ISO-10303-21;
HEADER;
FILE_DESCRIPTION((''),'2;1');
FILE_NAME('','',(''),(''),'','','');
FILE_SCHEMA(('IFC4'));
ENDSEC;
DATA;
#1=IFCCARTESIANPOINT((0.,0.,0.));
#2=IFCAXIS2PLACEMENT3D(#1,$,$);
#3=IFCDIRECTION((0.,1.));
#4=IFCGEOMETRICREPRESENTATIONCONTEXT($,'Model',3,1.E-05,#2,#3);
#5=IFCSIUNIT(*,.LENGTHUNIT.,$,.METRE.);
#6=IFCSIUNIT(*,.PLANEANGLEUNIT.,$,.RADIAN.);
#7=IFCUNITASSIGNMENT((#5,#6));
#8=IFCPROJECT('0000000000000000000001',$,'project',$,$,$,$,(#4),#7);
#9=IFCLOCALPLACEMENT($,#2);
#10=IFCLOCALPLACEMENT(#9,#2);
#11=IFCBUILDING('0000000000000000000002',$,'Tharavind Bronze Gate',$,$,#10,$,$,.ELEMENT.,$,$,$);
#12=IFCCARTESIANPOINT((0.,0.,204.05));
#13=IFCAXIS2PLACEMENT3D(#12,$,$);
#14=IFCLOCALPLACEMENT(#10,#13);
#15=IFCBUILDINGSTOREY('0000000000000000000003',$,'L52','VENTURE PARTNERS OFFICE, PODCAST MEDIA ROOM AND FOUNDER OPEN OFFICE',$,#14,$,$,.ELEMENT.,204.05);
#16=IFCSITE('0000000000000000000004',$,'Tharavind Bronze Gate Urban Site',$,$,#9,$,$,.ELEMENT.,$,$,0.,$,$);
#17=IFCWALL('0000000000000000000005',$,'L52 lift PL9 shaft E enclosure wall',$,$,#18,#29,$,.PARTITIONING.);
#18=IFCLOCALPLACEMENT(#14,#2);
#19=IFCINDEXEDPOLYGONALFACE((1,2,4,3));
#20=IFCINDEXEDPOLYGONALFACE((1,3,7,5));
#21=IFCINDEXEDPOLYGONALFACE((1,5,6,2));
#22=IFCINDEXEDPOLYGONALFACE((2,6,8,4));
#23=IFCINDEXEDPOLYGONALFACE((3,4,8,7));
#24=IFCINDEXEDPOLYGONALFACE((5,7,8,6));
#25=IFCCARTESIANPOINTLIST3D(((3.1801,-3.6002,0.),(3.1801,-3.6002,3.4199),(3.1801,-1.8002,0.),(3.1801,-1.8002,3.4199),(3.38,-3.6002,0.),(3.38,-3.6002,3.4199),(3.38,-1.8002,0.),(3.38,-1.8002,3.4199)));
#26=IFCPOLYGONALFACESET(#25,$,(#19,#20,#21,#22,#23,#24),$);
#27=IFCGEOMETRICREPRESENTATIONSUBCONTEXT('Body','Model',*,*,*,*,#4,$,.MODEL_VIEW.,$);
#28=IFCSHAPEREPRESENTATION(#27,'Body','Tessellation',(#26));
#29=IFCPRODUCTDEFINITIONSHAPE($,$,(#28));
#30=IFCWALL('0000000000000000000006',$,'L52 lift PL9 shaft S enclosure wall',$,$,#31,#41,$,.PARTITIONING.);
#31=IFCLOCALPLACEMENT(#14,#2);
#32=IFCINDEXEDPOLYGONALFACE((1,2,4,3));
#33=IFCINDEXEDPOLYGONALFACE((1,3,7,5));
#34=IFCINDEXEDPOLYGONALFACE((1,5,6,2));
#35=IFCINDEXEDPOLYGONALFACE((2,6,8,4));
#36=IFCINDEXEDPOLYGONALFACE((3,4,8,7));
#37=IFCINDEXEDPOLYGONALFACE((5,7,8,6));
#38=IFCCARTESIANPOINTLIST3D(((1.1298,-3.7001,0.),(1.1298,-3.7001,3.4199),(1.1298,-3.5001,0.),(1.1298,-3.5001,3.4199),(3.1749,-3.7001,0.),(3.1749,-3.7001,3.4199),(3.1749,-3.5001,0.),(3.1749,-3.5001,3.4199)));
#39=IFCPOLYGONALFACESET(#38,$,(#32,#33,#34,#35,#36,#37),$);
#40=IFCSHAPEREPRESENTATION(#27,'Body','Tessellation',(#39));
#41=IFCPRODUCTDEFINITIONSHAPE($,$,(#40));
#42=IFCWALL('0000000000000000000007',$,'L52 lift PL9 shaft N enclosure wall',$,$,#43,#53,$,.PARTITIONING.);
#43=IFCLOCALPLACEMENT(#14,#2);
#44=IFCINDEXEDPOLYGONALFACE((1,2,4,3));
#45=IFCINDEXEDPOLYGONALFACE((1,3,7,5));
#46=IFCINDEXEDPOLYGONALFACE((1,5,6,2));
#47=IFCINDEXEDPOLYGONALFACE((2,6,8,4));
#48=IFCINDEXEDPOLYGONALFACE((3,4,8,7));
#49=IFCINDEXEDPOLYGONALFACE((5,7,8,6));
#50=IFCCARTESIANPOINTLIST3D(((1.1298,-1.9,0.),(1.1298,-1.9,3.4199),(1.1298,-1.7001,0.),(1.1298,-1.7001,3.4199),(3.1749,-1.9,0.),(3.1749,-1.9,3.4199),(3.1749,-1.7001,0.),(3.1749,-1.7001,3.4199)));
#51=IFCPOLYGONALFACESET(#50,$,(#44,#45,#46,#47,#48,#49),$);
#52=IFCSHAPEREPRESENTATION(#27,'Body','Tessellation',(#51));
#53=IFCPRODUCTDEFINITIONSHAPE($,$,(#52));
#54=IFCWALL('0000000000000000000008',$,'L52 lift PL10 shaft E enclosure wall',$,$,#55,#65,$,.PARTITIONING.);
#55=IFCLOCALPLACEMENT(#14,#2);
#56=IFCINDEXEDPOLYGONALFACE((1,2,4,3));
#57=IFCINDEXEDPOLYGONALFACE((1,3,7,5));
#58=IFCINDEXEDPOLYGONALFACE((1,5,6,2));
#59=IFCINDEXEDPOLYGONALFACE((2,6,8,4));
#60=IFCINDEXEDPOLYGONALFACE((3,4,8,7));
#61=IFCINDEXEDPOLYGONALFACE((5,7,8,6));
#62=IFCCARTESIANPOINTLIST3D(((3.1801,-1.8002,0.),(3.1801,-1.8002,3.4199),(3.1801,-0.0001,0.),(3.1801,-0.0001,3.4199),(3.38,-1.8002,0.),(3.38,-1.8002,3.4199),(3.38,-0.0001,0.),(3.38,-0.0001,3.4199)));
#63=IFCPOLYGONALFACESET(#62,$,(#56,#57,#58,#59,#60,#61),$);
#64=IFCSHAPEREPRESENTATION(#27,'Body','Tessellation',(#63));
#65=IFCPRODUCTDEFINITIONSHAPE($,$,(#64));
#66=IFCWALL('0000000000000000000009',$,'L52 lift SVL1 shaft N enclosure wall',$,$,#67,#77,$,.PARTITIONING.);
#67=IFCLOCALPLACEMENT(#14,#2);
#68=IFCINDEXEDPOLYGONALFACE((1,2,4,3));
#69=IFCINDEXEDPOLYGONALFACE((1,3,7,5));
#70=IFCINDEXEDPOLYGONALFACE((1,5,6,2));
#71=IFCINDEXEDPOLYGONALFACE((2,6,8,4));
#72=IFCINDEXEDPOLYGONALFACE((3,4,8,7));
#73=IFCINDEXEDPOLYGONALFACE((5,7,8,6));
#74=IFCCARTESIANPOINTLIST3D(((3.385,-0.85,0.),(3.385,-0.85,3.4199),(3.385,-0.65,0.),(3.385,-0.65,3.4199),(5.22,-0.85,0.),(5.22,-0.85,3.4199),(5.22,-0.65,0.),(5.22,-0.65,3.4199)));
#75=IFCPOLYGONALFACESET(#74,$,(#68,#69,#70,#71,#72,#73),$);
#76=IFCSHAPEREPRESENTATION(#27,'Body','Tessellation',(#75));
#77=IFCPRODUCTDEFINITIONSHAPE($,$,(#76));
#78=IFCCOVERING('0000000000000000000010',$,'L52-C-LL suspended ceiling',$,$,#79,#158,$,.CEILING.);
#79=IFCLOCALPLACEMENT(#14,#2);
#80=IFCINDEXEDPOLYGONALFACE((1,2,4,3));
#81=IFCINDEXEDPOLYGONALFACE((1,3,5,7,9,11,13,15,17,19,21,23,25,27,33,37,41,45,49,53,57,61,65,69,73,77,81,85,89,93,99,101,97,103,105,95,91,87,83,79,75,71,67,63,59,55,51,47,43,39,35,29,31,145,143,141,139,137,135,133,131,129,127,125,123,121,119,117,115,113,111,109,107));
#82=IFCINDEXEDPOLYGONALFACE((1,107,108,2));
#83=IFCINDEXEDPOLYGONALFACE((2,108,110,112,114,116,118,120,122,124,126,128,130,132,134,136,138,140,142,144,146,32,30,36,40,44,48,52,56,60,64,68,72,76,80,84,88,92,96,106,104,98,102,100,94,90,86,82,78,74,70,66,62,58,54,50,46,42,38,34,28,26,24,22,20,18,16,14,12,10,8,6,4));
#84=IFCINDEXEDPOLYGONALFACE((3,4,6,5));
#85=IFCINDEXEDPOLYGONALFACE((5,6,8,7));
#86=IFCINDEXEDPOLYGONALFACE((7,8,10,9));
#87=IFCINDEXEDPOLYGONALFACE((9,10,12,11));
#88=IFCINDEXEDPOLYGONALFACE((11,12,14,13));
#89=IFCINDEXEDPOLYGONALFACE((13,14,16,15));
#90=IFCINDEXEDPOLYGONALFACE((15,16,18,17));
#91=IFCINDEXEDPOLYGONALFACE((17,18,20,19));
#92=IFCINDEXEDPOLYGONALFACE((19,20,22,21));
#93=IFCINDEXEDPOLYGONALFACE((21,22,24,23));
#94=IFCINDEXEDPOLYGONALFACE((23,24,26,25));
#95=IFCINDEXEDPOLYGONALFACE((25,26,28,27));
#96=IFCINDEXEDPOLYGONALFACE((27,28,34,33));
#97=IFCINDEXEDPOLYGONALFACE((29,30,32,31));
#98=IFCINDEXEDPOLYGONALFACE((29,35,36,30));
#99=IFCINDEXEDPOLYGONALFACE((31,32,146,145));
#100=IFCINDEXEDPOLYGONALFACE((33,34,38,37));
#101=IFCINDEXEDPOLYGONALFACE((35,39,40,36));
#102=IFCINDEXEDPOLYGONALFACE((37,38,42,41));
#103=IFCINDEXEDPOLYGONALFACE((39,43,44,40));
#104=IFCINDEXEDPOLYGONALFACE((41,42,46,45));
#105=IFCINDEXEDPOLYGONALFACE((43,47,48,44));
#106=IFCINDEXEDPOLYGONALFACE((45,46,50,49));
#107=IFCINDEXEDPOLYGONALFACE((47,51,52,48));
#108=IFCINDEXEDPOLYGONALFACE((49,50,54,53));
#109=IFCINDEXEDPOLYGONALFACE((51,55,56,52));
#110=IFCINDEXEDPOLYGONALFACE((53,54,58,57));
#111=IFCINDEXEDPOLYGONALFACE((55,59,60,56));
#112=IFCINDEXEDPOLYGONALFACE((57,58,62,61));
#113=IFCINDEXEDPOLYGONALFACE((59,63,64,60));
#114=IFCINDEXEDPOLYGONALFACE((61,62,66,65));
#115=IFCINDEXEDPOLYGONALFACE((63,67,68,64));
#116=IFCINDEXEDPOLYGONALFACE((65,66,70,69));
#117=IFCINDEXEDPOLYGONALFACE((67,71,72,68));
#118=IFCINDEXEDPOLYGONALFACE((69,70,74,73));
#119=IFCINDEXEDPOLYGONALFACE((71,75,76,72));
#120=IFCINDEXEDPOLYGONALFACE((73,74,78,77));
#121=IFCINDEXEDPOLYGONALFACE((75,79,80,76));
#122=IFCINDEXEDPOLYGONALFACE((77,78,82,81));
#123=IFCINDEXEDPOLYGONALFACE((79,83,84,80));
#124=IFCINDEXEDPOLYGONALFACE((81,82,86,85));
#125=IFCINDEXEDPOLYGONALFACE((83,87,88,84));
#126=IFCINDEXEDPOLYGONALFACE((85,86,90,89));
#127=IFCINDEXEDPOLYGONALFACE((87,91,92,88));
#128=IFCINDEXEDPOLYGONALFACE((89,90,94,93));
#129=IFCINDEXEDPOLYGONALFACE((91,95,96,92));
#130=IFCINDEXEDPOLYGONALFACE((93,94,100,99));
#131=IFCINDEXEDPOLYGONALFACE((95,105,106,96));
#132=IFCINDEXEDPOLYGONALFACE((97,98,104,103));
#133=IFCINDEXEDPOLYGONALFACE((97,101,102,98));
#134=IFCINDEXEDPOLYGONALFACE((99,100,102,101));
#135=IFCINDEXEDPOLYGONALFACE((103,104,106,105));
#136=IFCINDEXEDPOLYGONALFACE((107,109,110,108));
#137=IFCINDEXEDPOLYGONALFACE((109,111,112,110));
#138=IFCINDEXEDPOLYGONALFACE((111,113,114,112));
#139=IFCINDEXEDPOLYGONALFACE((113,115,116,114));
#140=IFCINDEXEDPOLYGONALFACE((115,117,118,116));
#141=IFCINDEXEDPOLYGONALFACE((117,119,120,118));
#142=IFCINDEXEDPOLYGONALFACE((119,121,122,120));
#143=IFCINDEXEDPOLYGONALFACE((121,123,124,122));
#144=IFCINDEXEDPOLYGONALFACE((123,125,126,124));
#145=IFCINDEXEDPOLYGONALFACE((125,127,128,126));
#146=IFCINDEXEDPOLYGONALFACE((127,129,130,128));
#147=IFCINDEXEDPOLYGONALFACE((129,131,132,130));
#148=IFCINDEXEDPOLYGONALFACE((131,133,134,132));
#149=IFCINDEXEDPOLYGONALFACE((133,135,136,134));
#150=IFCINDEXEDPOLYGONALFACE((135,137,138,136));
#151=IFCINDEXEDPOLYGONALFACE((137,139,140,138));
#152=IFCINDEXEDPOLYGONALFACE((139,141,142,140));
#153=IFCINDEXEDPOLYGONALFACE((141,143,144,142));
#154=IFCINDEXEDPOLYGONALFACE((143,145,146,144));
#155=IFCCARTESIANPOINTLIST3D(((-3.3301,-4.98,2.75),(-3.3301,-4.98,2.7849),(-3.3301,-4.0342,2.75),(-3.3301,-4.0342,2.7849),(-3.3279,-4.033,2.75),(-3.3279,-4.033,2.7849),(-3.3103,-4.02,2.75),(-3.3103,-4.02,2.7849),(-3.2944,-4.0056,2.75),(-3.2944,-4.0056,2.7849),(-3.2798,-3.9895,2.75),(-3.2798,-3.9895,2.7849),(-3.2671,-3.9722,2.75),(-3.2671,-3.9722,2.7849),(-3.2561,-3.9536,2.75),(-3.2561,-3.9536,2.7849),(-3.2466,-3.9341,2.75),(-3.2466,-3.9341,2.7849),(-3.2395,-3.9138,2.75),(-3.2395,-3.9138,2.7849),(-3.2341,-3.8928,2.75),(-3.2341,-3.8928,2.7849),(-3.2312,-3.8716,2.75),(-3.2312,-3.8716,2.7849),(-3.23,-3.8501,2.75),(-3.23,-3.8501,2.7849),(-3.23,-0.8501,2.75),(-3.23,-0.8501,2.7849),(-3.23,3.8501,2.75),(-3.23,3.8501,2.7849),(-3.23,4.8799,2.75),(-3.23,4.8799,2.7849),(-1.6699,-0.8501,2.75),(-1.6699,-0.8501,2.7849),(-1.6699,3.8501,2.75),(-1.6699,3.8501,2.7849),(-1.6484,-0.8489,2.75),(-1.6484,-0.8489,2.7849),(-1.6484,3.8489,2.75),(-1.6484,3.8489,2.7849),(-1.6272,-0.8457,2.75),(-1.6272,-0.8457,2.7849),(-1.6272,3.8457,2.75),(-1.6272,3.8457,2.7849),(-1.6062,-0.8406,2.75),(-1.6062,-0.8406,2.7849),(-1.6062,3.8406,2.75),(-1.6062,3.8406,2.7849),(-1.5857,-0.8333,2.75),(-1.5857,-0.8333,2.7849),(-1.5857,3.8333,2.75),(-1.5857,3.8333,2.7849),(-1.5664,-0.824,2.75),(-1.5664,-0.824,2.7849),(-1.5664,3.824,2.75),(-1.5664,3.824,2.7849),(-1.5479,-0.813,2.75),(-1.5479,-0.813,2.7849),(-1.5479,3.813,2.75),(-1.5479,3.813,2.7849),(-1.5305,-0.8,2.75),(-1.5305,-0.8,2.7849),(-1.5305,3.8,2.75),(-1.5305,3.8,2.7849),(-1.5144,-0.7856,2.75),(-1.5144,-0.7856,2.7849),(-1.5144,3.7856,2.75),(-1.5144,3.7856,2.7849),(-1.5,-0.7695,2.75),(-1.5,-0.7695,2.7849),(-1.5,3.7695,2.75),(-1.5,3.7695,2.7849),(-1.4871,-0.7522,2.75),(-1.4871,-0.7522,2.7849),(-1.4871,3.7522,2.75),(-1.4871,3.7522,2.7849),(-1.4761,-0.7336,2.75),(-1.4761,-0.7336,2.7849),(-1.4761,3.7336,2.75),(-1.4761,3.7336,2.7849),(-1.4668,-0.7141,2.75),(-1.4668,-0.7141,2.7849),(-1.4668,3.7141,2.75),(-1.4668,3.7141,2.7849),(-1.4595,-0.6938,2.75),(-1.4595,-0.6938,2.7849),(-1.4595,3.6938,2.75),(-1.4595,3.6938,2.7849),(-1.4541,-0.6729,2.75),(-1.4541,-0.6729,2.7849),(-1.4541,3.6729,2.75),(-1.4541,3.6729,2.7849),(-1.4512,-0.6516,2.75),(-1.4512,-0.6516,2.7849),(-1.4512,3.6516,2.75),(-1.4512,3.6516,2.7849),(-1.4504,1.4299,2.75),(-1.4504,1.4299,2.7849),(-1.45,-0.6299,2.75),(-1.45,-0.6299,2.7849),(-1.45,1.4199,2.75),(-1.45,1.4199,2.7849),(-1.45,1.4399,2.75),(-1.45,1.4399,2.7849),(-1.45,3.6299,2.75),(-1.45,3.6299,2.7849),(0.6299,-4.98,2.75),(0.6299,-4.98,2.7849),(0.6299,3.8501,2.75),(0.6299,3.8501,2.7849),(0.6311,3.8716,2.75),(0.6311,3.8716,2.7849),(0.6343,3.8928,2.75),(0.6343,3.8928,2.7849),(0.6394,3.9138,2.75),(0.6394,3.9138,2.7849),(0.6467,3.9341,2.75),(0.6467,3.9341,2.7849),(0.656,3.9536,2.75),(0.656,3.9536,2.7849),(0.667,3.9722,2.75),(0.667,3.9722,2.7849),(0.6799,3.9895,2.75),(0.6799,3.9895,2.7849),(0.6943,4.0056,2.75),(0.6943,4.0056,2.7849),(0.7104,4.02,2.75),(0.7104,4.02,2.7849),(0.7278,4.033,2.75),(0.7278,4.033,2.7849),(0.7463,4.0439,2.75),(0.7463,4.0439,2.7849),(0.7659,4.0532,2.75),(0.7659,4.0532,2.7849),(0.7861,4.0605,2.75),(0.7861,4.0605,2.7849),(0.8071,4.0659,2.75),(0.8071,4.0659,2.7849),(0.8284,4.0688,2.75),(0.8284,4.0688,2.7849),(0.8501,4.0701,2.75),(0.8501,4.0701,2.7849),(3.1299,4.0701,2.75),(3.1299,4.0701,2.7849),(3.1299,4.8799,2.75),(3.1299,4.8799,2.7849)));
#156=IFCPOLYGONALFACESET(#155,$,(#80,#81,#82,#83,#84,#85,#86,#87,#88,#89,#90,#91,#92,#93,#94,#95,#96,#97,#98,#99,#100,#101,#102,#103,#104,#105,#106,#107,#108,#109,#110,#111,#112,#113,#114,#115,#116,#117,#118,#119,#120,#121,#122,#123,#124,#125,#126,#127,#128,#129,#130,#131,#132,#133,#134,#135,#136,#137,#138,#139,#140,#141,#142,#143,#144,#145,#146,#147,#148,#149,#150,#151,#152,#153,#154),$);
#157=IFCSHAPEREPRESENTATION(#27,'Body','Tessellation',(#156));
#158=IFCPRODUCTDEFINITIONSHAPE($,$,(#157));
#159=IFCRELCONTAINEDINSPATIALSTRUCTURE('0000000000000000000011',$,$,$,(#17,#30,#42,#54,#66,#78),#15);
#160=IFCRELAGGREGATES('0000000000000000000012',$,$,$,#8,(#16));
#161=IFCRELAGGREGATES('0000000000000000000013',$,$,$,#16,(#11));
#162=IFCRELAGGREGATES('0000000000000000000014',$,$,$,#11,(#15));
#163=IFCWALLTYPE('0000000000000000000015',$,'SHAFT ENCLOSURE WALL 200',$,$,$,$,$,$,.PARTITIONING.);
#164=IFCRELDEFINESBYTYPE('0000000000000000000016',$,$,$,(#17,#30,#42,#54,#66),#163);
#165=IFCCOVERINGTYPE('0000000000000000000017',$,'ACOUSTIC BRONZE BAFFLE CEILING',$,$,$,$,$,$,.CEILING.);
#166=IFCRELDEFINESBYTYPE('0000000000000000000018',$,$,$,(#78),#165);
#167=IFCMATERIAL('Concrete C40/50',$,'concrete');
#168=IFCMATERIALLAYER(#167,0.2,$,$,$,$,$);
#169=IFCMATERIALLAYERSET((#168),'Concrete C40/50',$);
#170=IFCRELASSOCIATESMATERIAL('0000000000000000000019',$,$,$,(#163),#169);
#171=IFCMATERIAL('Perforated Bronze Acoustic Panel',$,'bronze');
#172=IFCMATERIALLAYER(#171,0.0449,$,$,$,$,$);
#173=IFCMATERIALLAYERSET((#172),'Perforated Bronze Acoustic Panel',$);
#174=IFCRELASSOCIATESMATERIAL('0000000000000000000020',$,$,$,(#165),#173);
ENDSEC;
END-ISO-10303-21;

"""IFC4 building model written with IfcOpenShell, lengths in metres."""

from ifc_helpers import new_model, si_unit, direction, frame, frame_2d, origin, place, context, subcontext, project, spatial, polyline, rectangle, outline, extrude, material, layer, layer_set, type_object, element, save


model = new_model("IFC4")

# Units and contexts
model_context = context("Model", 3, precision=1e-05, world=origin(), true_north=direction((0.0, 1.0)))
body_context = subcontext(model_context, "Body", "Model", "MODEL_VIEW")
ifc_project = project(units=[si_unit("LENGTHUNIT", "METRE"), si_unit("PLANEANGLEUNIT", "RADIAN")], contexts=[model_context])

# Site, building, storey
site_placement = place(None, origin())
site = spatial("IfcSite", under=ifc_project, at=site_placement, Name="Tharavind Bronze Gate Urban Site", CompositionType="ELEMENT", RefElevation=0.0)
building_placement = place(site_placement, origin())
building = spatial("IfcBuilding", under=site, at=building_placement, Name="Tharavind Bronze Gate", CompositionType="ELEMENT")
storey_placement = place(building_placement, frame((0.0, 0.0, 204.05)))
storey = spatial("IfcBuildingStorey", under=building, at=storey_placement, Name="L52", Description="VENTURE PARTNERS OFFICE, PODCAST MEDIA ROOM AND FOUNDER OPEN OFFICE", CompositionType="ELEMENT", Elevation=204.05)

# Walls
ifc_material_1 = material(Name="Concrete C40/50", Category="concrete")
ifc_layer_1 = layer(ifc_material_1, 0.2)
ifc_layer_set_1 = layer_set([ifc_layer_1], Name="Concrete C40/50")
wall_type_1 = type_object("IfcWallType", Name="SHAFT ENCLOSURE WALL 200", PredefinedType="PARTITIONING", material=ifc_layer_set_1)
wall_1_placement = place(storey_placement, frame((3.28, -3.6001, 0.0), z_axis=(0.0, 0.0, 1.0), x_axis=(0.0, 1.0, 0.0)))
element("IfcWall", 1, at=wall_1_placement, inside=storey, type_object=wall_type_1, Name="L52 lift PL9 shaft E enclosure wall", PredefinedType="PARTITIONING", context=body_context, shape_type="SweptSolid", body=[
    extrude(rectangle(XDim=1.8, YDim=0.2, at=frame_2d((0.8999, 0.0))), origin(), (0.0, 0.0, 1.0), 3.4199),
])
for number, where, z_axis, x_axis, name in (
    (2, (1.1299, -3.6001, 0.0), (0.0, 0.0, 1.0), (1.0, 0.0, 0.0), "L52 lift PL9 shaft S enclosure wall"),
    (3, (1.1299, -1.8, 0.0), (0.0, 0.0, 1.0), (1.0, 0.0, 0.0), "L52 lift PL9 shaft N enclosure wall"),
):
    element("IfcWall", number, at=place(storey_placement, frame(where, z_axis=z_axis, x_axis=x_axis)), inside=storey, type_object=wall_type_1, Name=name, PredefinedType="PARTITIONING", context=body_context, shape_type="SweptSolid", body=[
        extrude(rectangle(XDim=2.0452, YDim=0.2, at=frame_2d((1.0225, 0.0))), origin(), (0.0, 0.0, 1.0), 3.4199),
    ])
wall_2_placement = place(storey_placement, frame((3.28, -1.8, 0.0), z_axis=(0.0, 0.0, 1.0), x_axis=(0.0, 1.0, 0.0)))
element("IfcWall", 4, at=wall_2_placement, inside=storey, type_object=wall_type_1, Name="L52 lift PL10 shaft E enclosure wall", PredefinedType="PARTITIONING", context=body_context, shape_type="SweptSolid", body=[
    extrude(rectangle(XDim=1.8, YDim=0.2, at=frame_2d((0.8999, 0.0))), origin(), (0.0, 0.0, 1.0), 3.4199),
])
wall_3_placement = place(storey_placement, frame((3.385, -0.75, 0.0), z_axis=(0.0, 0.0, 1.0), x_axis=(1.0, 0.0, 0.0)))
element("IfcWall", 5, at=wall_3_placement, inside=storey, type_object=wall_type_1, Name="L52 lift SVL1 shaft N enclosure wall", PredefinedType="PARTITIONING", context=body_context, shape_type="SweptSolid", body=[
    extrude(rectangle(XDim=1.835, YDim=0.2, at=frame_2d((0.9175, 0.0))), origin(), (0.0, 0.0, 1.0), 3.4199),
])

# Covering
ifc_material_2 = material(Name="Perforated Bronze Acoustic Panel", Category="bronze")
ifc_layer_2 = layer(ifc_material_2, 0.0449)
ifc_layer_set_2 = layer_set([ifc_layer_2], Name="Perforated Bronze Acoustic Panel")
covering_type_1 = type_object("IfcCoveringType", Name="ACOUSTIC BRONZE BAFFLE CEILING", PredefinedType="CEILING", material=ifc_layer_set_2)
covering_1_placement = place(storey_placement, frame((0.0, 0.0, 2.75)))
element("IfcCovering", 6, at=covering_1_placement, inside=storey, type_object=covering_type_1, Name="L52-C-LL suspended ceiling", PredefinedType="CEILING", context=body_context, shape_type="SweptSolid", body=[
    extrude(outline(polyline([(-3.3301, -4.98), (0.6299, -4.98), (0.6299, 3.8501), (0.6311, 3.8716), (0.6343, 3.8928), (0.6394, 3.9138), (0.6467, 3.9341), (0.656, 3.9536), (0.667, 3.9722), (0.6799, 3.9895), (0.6943, 4.0056), (0.7104, 4.02), (0.7278, 4.033), (0.7463, 4.0439), (0.7659, 4.0532), (0.7861, 4.0605), (0.8071, 4.0659), (0.8284, 4.0688), (0.8501, 4.0701), (3.1299, 4.0701), (3.1299, 4.8799), (-3.23, 4.8799), (-3.23, 3.8501), (-1.6699, 3.8501), (-1.6484, 3.8489), (-1.6272, 3.8457), (-1.6062, 3.8406), (-1.5857, 3.8333), (-1.5664, 3.824), (-1.5479, 3.813), (-1.5305, 3.8), (-1.5144, 3.7856), (-1.5, 3.7695), (-1.4871, 3.7522), (-1.4761, 3.7336), (-1.4668, 3.7141), (-1.4595, 3.6938), (-1.4541, 3.6729), (-1.4512, 3.6516), (-1.45, 3.6299), (-1.45, 1.4399), (-1.4504, 1.4299), (-1.45, 1.4199), (-1.45, -0.6299), (-1.4512, -0.6516), (-1.4541, -0.6729), (-1.4595, -0.6938), (-1.4668, -0.7141), (-1.4761, -0.7336), (-1.4871, -0.7522), (-1.5, -0.7695), (-1.5144, -0.7856), (-1.5305, -0.8), (-1.5479, -0.813), (-1.5664, -0.824), (-1.5857, -0.8333), (-1.6062, -0.8406), (-1.6272, -0.8457), (-1.6484, -0.8489), (-1.6699, -0.8501), (-3.23, -0.8501), (-3.23, -3.8501), (-3.2312, -3.8716), (-3.2341, -3.8928), (-3.2395, -3.9138), (-3.2466, -3.9341), (-3.2561, -3.9536), (-3.2671, -3.9722), (-3.2798, -3.9895), (-3.2944, -4.0056), (-3.3103, -4.02), (-3.3279, -4.033), (-3.3301, -4.0342), (-3.3301, -4.98)])), origin(), (0.0, 0.0, 1.0), 0.0349),
])

save(model, "model.ifc")
